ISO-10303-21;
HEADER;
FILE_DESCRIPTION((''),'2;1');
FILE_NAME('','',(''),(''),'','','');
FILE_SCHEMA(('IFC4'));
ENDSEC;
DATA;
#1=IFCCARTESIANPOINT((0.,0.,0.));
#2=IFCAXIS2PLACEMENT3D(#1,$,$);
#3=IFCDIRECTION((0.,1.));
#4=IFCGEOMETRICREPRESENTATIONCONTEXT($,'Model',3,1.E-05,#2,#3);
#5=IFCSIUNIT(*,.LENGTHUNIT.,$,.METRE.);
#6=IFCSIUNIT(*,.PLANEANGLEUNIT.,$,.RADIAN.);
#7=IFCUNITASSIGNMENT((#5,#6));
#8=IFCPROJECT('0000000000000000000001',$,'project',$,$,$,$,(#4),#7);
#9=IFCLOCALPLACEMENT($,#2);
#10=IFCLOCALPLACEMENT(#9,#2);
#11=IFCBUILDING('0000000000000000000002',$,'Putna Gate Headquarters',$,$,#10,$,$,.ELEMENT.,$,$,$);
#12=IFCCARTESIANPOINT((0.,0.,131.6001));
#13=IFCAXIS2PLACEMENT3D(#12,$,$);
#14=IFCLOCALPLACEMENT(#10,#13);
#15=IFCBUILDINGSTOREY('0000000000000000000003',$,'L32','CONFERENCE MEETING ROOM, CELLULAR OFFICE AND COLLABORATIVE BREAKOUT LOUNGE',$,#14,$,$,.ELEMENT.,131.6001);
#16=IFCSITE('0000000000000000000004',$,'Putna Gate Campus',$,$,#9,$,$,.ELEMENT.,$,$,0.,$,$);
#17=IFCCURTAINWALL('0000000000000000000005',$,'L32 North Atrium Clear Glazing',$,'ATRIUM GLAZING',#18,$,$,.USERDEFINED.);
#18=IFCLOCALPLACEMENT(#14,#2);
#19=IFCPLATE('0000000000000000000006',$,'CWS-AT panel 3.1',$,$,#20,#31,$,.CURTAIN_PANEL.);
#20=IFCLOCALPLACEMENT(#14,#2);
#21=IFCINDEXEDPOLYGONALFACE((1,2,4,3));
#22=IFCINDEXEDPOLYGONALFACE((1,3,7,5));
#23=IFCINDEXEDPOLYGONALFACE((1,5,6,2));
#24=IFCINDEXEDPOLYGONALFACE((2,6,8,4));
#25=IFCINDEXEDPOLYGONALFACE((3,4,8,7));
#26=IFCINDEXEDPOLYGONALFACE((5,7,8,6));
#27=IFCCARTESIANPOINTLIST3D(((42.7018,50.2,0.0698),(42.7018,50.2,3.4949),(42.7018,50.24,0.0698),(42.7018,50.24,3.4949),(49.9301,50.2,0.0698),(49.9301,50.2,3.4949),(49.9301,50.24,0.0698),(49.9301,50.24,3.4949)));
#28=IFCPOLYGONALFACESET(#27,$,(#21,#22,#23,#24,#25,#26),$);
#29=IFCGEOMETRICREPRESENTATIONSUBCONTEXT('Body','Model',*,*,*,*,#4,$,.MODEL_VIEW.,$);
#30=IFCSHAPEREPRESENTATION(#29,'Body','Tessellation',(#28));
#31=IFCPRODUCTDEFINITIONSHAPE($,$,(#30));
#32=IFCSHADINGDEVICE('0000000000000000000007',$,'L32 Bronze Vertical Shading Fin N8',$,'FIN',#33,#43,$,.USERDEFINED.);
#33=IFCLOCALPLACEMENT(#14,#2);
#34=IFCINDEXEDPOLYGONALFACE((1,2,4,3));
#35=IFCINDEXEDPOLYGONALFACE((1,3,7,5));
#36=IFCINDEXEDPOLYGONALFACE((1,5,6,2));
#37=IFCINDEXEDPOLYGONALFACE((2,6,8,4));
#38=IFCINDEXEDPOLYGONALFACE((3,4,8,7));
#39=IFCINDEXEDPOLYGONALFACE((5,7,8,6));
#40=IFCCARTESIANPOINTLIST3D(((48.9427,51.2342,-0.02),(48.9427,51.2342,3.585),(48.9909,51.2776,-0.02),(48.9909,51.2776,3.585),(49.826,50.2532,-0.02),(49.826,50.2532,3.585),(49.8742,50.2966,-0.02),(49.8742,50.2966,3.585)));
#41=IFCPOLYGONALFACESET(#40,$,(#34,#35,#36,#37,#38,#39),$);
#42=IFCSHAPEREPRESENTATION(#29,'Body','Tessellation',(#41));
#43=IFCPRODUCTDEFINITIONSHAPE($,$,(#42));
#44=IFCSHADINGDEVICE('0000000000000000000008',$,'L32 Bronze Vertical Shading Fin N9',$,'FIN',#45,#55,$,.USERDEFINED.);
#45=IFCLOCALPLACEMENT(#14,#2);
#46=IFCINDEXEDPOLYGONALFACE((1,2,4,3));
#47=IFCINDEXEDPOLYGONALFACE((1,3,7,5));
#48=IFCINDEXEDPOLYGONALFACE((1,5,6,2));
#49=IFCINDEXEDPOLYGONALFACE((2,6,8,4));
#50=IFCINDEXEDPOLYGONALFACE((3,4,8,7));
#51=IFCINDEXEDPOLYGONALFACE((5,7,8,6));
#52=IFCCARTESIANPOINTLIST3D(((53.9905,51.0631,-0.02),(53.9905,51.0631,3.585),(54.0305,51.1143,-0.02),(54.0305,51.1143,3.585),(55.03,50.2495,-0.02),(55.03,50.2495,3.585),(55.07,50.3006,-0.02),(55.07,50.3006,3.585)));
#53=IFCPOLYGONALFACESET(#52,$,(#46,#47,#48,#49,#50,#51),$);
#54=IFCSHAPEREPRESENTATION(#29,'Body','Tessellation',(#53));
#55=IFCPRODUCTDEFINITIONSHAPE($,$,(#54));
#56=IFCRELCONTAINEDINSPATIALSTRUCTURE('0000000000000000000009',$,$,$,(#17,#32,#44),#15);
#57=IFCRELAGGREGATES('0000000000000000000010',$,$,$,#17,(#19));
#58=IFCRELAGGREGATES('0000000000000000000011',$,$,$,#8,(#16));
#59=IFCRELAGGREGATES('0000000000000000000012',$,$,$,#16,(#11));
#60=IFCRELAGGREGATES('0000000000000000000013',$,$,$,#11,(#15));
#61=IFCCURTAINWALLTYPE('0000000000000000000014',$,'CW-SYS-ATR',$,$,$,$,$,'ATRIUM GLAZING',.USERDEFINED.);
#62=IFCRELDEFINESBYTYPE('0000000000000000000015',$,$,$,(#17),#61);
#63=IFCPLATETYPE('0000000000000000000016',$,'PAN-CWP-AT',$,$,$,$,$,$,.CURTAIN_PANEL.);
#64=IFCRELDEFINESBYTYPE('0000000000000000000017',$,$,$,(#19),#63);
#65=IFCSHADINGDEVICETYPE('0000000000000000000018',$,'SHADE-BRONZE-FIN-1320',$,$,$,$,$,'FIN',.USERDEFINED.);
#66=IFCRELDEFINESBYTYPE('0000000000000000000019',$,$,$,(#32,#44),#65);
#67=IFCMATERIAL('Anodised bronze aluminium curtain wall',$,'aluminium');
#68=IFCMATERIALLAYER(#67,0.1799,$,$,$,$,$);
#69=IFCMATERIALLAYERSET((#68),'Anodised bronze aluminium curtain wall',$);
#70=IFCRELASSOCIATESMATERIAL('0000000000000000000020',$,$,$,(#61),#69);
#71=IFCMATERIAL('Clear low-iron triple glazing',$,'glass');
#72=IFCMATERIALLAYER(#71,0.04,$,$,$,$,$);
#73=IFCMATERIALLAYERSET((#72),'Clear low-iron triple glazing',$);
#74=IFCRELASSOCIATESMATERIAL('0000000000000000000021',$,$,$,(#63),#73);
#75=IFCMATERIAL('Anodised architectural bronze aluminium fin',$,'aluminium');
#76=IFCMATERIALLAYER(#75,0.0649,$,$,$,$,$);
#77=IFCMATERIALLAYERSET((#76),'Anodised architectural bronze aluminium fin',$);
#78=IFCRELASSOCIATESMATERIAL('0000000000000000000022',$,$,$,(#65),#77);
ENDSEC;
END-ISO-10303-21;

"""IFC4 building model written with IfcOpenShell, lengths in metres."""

from ifc_helpers import new_model, si_unit, direction, frame, origin, origin_2d, place, context, subcontext, project, spatial, rectangle, extrude, material, layer, layer_set, type_object, element, aggregate, save


model = new_model("IFC4")

# Units and contexts
model_context = context("Model", 3, precision=1e-05, world=origin(), true_north=direction((0.0, 1.0)))
body_context = subcontext(model_context, "Body", "Model", "MODEL_VIEW")
ifc_project = project(units=[si_unit("LENGTHUNIT", "METRE"), si_unit("PLANEANGLEUNIT", "RADIAN")], contexts=[model_context])

# Site, building, storey
site_placement = place(None, origin())
site = spatial("IfcSite", under=ifc_project, at=site_placement, Name="Putna Gate Campus", CompositionType="ELEMENT", RefElevation=0.0)
building_placement = place(site_placement, origin())
building = spatial("IfcBuilding", under=site, at=building_placement, Name="Putna Gate Headquarters", CompositionType="ELEMENT")
storey_placement = place(building_placement, frame((0.0, 0.0, 131.6001)))
storey = spatial("IfcBuildingStorey", under=building, at=storey_placement, Name="L32", Description="CONFERENCE MEETING ROOM, CELLULAR OFFICE AND COLLABORATIVE BREAKOUT LOUNGE", CompositionType="ELEMENT", Elevation=131.6001)

# Shared definitions
ifc_material_1 = material(Name="Anodised bronze aluminium curtain wall", Category="aluminium")

# Curtain wall
ifc_layer_1 = layer(ifc_material_1, 0.1799)
ifc_layer_set_1 = layer_set([ifc_layer_1], Name="Anodised bronze aluminium curtain wall")
curtain_wall_type_1 = type_object("IfcCurtainWallType", Name="CW-SYS-ATR", ElementType="ATRIUM GLAZING", PredefinedType="USERDEFINED", material=ifc_layer_set_1)
curtain_wall_1_placement = place(storey_placement, origin())
curtain_wall_1 = element("IfcCurtainWall", 1, at=curtain_wall_1_placement, inside=storey, type_object=curtain_wall_type_1, Name="L32 North Atrium Clear Glazing", ObjectType="ATRIUM GLAZING", PredefinedType="USERDEFINED")

# Plate
ifc_material_2 = material(Name="Clear low-iron triple glazing", Category="glass")
ifc_layer_2 = layer(ifc_material_2, 0.04)
ifc_layer_set_2 = layer_set([ifc_layer_2], Name="Clear low-iron triple glazing")
plate_type_1 = type_object("IfcPlateType", Name="PAN-CWP-AT", PredefinedType="CURTAIN_PANEL", material=ifc_layer_set_2)
plate_1_placement = place(storey_placement, frame((46.3159, 50.22, 0.0698), z_axis=(0.0, 0.0, 1.0), x_axis=(1.0, 0.0, 0.0)))
plate_1 = element("IfcPlate", 2, at=plate_1_placement, type_object=plate_type_1, Name="CWS-AT panel 3.1", PredefinedType="CURTAIN_PANEL", context=body_context, shape_type="SweptSolid", body=[
    extrude(rectangle(XDim=7.2283, YDim=0.04, at=origin_2d()), origin(), (0.0, 0.0, 1.0), 3.425),
])
aggregate(curtain_wall_1, [plate_1])

# Shading devices
ifc_material_3 = material(Name="Anodised architectural bronze aluminium fin", Category="aluminium")
ifc_layer_3 = layer(ifc_material_3, 0.0649)
ifc_layer_set_3 = layer_set([ifc_layer_3], Name="Anodised architectural bronze aluminium fin")
shading_device_type = type_object("IfcShadingDeviceType", Name="SHADE-BRONZE-FIN-1320", ElementType="FIN", PredefinedType="USERDEFINED", material=ifc_layer_set_3)
for number, where, z_axis, x_axis, name in (
    (3, (49.4084, 50.7654, -0.02), (0.0, 0.0, 1.0), (-0.669131, 0.743145, 0.0), "L32 Bronze Vertical Shading Fin N8"),
    (4, (54.5303, 50.6819, -0.02), (0.0, 0.0, 1.0), (-0.787473, 0.616349, 0.0), "L32 Bronze Vertical Shading Fin N9"),
):
    element("IfcShadingDevice", number, at=place(storey_placement, frame(where, z_axis=z_axis, x_axis=x_axis)), inside=storey, type_object=shading_device_type, Name=name, ObjectType="FIN", PredefinedType="USERDEFINED", context=body_context, shape_type="SweptSolid", body=[
        extrude(rectangle(XDim=1.3201, YDim=0.0649, at=origin_2d()), origin(), (0.0, 0.0, 1.0), 3.605),
    ])

save(model, "model.ifc")
